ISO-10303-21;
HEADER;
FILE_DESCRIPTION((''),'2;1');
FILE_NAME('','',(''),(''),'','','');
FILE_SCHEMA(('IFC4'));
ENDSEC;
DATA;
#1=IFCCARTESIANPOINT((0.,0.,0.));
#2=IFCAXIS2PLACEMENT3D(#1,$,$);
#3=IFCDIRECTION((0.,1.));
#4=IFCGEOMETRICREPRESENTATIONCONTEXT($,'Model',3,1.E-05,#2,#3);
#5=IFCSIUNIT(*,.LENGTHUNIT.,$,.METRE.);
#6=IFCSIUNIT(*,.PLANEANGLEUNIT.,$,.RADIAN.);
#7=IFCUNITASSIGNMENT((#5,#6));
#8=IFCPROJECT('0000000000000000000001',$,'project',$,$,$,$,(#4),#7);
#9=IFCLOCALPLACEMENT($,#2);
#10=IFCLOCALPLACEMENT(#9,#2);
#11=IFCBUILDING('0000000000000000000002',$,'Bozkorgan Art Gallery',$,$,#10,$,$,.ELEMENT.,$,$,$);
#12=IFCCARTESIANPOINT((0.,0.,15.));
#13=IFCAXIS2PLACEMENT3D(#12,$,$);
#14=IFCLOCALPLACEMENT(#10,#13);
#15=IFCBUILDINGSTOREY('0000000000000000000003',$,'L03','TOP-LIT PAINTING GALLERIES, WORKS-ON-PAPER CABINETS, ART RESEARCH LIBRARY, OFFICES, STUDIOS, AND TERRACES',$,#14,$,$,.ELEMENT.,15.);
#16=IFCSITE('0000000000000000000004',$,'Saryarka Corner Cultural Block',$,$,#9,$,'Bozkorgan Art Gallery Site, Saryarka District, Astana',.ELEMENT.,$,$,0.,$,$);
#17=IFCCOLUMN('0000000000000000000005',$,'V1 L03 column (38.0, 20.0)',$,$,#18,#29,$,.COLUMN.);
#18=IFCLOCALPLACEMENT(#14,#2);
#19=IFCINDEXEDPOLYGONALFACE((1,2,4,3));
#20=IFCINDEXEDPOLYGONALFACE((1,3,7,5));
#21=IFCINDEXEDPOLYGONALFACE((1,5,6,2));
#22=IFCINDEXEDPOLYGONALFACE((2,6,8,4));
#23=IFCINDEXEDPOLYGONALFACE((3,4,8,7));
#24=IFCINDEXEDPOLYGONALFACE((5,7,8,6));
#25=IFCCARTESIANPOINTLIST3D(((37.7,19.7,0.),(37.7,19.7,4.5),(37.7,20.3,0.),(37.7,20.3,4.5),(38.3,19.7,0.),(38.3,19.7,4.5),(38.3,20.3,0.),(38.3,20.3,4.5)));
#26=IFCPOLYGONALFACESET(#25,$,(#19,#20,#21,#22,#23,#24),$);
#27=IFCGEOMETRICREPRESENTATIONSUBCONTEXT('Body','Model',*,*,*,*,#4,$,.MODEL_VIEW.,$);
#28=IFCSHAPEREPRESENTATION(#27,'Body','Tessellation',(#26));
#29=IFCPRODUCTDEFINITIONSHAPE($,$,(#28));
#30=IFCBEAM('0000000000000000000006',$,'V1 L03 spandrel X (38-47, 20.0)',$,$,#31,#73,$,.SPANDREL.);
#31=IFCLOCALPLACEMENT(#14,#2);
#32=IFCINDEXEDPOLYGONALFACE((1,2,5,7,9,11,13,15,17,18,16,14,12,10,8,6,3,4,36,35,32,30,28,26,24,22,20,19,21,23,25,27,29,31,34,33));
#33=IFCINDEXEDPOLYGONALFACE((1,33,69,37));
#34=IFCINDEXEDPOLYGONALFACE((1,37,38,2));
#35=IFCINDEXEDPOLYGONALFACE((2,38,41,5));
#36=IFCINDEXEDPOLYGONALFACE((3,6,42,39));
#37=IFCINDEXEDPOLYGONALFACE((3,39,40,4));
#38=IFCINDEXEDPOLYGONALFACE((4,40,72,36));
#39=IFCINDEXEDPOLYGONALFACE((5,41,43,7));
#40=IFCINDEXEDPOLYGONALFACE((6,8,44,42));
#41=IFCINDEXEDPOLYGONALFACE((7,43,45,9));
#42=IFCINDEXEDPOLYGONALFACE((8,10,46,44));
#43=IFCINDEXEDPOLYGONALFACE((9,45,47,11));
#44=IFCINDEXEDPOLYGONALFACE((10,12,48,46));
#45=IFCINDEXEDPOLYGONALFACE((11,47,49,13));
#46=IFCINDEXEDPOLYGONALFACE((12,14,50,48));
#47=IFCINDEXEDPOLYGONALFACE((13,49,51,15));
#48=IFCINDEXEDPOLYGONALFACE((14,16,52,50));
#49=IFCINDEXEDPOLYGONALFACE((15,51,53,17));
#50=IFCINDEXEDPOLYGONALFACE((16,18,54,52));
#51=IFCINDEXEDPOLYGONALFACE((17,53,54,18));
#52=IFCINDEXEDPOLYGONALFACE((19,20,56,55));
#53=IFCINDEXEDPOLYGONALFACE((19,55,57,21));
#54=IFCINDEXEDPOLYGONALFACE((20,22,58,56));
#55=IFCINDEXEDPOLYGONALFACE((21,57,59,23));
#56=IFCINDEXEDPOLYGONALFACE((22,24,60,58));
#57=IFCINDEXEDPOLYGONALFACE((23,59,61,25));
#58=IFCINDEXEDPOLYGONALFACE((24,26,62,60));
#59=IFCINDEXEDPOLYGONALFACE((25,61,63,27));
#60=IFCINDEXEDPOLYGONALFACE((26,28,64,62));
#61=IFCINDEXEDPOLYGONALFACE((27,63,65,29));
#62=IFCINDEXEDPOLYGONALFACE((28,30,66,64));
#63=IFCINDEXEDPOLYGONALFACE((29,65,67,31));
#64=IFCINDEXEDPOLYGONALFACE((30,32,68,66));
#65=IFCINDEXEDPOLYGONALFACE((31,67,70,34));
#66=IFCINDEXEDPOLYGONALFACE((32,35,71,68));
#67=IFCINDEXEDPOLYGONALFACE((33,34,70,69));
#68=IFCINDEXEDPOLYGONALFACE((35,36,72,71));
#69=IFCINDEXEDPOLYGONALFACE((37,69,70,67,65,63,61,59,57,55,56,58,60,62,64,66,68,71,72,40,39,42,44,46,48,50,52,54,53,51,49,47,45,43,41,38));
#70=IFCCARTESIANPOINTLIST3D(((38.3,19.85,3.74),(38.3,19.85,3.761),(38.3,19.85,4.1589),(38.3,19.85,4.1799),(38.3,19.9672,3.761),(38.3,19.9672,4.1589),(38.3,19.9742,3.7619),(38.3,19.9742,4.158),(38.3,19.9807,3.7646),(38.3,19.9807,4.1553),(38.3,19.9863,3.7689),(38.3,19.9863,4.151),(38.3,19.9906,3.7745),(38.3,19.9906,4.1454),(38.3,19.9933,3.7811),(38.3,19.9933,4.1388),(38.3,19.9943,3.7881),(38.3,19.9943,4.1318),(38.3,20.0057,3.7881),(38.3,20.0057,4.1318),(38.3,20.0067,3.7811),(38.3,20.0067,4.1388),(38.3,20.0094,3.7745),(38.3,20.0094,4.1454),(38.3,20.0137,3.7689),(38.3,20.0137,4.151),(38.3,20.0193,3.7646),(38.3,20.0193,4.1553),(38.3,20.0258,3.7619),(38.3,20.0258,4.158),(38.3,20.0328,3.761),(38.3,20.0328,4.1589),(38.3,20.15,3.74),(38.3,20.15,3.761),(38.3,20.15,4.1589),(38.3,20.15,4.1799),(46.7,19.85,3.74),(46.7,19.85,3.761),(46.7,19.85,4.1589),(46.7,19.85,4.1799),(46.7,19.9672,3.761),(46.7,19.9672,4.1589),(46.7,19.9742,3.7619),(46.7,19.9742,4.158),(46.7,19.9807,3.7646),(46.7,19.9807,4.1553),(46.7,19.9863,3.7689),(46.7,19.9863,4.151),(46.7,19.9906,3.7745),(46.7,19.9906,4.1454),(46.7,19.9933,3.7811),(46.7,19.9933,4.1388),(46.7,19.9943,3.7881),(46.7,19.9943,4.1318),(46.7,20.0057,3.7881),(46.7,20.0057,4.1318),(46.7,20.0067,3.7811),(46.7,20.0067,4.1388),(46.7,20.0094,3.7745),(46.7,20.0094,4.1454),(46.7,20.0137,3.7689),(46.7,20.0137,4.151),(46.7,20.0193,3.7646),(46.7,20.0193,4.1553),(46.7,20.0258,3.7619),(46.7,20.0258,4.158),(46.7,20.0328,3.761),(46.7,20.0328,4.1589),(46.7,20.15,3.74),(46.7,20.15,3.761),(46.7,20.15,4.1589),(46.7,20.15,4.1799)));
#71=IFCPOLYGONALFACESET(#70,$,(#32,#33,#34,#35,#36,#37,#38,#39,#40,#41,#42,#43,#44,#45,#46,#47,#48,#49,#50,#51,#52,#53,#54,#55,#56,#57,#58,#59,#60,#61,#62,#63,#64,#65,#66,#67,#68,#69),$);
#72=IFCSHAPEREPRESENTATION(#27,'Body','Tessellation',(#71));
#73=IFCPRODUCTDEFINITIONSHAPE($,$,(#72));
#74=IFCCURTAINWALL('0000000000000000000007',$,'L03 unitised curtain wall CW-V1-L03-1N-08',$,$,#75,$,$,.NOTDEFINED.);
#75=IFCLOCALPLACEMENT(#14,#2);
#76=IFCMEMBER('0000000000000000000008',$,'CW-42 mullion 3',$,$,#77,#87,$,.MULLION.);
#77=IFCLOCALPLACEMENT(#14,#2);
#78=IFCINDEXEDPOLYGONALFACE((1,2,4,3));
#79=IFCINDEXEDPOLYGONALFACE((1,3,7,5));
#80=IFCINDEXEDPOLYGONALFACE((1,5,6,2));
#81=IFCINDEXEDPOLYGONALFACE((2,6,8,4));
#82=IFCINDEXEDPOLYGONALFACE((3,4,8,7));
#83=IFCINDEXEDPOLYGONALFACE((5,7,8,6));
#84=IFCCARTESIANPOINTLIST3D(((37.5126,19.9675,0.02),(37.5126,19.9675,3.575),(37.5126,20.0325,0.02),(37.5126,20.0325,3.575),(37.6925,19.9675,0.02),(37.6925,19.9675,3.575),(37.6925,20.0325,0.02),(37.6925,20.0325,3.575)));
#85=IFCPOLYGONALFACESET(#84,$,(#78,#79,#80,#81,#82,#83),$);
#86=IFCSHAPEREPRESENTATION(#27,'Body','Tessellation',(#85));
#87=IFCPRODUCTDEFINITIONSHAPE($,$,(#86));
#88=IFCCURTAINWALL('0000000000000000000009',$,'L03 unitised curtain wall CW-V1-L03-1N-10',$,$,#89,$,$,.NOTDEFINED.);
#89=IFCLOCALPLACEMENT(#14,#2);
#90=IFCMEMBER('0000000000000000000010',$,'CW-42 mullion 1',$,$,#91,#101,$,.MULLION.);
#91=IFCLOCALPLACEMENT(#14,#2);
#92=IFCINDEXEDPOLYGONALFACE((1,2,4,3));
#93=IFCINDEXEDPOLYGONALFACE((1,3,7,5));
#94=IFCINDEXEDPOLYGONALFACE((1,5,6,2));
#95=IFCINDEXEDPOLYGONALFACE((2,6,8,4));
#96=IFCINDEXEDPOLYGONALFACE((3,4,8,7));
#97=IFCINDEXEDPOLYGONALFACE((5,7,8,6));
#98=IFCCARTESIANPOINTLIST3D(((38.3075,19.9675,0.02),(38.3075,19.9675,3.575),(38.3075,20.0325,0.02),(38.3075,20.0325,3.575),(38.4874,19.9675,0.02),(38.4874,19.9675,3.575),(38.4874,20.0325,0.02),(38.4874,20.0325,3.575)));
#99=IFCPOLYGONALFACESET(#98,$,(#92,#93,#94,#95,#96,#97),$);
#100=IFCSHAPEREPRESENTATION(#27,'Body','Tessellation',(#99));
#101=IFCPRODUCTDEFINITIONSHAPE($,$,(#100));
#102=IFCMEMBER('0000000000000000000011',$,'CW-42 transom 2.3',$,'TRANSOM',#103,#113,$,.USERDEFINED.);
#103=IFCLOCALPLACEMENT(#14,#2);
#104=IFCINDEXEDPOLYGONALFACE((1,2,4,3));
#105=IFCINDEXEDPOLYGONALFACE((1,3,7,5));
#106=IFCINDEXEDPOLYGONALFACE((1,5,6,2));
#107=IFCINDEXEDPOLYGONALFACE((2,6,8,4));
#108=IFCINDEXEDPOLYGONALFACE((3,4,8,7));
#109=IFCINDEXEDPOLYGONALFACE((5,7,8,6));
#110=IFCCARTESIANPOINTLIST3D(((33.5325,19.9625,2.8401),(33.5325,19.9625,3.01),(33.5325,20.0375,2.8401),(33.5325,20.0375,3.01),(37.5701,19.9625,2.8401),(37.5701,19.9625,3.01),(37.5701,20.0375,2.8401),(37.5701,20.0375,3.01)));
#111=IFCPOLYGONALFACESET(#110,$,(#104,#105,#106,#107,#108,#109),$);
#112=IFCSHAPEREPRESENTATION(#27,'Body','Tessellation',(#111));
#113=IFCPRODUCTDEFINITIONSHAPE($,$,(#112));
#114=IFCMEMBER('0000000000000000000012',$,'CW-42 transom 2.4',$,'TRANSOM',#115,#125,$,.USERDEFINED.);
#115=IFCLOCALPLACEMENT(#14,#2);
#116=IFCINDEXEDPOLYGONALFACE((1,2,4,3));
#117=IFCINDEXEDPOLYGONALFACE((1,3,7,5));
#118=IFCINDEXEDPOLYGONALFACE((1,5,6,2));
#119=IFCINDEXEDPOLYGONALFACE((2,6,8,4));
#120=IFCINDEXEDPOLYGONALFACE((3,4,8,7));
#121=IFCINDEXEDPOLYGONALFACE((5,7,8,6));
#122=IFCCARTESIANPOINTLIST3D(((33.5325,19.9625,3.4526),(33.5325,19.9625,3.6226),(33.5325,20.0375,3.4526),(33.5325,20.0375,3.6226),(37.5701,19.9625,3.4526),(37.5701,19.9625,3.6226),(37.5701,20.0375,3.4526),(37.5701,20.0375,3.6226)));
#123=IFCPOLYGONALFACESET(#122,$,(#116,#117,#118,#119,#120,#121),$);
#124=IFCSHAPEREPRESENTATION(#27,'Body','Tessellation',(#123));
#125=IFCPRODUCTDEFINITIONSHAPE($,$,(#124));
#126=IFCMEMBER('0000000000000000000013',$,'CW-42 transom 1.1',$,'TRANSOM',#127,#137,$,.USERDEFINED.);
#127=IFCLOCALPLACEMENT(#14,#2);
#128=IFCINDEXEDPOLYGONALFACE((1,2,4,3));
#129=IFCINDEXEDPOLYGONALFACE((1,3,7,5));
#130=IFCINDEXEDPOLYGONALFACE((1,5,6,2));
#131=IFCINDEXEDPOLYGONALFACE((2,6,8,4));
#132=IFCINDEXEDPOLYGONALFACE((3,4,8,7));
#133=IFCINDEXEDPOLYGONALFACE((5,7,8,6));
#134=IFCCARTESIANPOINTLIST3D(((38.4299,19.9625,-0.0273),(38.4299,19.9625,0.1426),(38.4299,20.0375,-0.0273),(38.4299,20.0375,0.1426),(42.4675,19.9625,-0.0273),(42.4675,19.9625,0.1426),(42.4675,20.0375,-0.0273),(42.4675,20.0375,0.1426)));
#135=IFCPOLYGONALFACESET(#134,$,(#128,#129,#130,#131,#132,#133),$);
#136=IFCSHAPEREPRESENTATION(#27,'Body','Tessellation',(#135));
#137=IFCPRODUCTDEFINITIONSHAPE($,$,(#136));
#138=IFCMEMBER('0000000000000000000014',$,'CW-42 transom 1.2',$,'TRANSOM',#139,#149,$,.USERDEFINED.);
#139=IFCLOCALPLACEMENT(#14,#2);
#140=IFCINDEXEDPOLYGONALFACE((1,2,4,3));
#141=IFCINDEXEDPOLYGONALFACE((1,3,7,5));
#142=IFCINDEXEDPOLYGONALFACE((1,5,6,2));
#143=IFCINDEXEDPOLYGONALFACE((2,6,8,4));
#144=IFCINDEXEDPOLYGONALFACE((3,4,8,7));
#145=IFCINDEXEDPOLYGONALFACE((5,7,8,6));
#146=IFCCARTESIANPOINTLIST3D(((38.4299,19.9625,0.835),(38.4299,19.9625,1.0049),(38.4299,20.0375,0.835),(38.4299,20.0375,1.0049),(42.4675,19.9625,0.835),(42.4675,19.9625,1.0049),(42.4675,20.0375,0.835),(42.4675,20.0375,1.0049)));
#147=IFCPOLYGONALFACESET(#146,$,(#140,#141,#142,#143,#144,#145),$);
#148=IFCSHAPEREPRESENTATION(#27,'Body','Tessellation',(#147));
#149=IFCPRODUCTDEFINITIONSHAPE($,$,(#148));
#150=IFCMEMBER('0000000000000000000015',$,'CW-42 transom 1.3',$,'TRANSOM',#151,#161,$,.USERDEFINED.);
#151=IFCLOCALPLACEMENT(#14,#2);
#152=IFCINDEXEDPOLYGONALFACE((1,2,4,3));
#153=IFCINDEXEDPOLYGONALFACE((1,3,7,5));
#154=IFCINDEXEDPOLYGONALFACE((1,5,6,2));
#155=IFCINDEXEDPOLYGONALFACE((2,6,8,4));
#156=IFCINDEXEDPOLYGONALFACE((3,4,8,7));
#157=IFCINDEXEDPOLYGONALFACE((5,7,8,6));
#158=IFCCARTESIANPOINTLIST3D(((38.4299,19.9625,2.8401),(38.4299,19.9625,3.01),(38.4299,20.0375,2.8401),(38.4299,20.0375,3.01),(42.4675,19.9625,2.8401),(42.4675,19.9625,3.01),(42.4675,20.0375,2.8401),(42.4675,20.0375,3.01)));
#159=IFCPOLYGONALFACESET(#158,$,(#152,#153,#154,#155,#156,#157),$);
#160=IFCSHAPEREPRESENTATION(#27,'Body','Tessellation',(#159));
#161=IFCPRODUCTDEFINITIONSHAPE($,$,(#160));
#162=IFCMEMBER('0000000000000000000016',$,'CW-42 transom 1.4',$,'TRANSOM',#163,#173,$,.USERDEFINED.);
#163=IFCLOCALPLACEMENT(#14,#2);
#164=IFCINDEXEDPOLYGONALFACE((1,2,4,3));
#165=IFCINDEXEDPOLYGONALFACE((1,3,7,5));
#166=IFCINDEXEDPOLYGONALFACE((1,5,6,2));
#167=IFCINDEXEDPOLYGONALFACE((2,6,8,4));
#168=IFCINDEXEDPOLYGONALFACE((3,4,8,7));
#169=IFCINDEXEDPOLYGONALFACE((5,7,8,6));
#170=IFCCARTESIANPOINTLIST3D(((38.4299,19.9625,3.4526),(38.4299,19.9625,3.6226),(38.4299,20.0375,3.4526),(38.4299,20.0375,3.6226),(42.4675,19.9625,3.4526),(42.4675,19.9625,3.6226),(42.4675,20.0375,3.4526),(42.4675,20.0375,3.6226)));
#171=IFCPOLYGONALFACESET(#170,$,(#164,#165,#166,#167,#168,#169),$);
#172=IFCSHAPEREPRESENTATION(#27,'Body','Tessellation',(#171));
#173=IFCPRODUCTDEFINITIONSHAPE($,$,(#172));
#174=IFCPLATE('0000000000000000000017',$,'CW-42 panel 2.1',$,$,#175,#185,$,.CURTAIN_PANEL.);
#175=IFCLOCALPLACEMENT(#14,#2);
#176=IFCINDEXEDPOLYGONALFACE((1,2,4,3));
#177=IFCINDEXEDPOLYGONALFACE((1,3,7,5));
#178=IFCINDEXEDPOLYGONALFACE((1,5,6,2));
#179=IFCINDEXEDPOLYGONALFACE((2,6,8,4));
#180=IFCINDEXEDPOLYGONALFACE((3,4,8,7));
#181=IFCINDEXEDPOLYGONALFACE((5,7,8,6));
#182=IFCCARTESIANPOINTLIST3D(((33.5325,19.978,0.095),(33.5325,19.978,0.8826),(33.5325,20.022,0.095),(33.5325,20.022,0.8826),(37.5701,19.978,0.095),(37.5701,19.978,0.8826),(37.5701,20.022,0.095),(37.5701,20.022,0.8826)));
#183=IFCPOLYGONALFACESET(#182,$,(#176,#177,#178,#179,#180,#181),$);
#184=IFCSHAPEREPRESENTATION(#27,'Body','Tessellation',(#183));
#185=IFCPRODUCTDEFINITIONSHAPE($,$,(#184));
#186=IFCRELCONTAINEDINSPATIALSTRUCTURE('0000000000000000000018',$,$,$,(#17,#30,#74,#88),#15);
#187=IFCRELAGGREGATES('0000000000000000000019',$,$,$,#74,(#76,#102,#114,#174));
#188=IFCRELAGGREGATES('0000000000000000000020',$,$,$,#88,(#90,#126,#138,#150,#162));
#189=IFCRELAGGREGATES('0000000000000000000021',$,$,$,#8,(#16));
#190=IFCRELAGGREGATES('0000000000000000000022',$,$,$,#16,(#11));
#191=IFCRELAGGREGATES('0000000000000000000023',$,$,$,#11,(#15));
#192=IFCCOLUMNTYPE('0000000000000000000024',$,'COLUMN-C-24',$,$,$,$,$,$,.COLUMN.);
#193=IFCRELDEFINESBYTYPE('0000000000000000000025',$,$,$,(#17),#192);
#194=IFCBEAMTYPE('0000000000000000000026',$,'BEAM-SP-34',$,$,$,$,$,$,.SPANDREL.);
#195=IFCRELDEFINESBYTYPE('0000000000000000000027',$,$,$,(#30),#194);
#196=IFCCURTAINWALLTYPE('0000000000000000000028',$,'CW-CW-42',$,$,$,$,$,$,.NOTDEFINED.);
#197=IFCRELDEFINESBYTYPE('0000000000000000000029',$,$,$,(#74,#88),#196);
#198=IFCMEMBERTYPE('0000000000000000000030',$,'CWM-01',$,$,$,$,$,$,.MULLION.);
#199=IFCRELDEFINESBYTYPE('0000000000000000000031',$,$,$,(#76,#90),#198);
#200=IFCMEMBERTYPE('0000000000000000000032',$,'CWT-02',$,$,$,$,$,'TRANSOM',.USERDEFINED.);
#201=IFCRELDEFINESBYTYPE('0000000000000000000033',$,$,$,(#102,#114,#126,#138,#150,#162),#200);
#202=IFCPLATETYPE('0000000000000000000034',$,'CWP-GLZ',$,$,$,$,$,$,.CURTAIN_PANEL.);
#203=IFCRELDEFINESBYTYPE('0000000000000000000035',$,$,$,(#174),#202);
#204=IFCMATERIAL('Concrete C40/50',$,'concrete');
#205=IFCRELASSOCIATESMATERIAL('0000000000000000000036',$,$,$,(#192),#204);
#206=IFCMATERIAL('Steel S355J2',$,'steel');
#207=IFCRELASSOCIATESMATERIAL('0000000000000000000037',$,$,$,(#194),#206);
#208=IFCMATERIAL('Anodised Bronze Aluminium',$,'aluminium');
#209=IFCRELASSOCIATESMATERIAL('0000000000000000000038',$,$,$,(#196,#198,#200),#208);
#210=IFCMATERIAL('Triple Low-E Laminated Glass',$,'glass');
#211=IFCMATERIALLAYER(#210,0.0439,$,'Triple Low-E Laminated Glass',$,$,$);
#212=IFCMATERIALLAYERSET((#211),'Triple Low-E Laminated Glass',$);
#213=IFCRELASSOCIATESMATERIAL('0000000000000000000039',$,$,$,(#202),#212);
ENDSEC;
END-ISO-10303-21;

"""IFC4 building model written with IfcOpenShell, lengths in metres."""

from ifc_helpers import new_model, si_unit, direction, frame, origin, origin_2d, place, context, subcontext, project, spatial, rectangle, i_section, extrude, material, layer, layer_set, material_profile, profile_set, type_object, element, aggregate, save


model = new_model("IFC4")

# Units and contexts
model_context = context("Model", 3, precision=1e-05, world=origin(), true_north=direction((0.0, 1.0)))
body_context = subcontext(model_context, "Body", "Model", "MODEL_VIEW")
ifc_project = project(units=[si_unit("LENGTHUNIT", "METRE"), si_unit("PLANEANGLEUNIT", "RADIAN")], contexts=[model_context])

# Site, building, storey
site_placement = place(None, origin())
site = spatial("IfcSite", under=ifc_project, at=site_placement, Name="Saryarka Corner Cultural Block", LongName="Bozkorgan Art Gallery Site, Saryarka District, Astana", CompositionType="ELEMENT", RefElevation=0.0)
building_placement = place(site_placement, origin())
building = spatial("IfcBuilding", under=site, at=building_placement, Name="Bozkorgan Art Gallery", CompositionType="ELEMENT")
storey_placement = place(building_placement, frame((0.0, 0.0, 15.0)))
storey = spatial("IfcBuildingStorey", under=building, at=storey_placement, Name="L03", Description="TOP-LIT PAINTING GALLERIES, WORKS-ON-PAPER CABINETS, ART RESEARCH LIBRARY, OFFICES, STUDIOS, AND TERRACES", CompositionType="ELEMENT", Elevation=15.0)

# Column
ifc_material_1 = material(Name="Concrete C40/50", Category="concrete")
ifc_material_profile_1 = material_profile(ifc_material_1, rectangle(XDim=0.6001, YDim=0.6001, at=origin_2d()), Name="RC 600x600")
ifc_profile_set_1 = profile_set([ifc_material_profile_1], Name="Concrete C40/50")
column_type = type_object("IfcColumnType", Name="COLUMN-C-24", PredefinedType="COLUMN", material=ifc_profile_set_1)
column_placement = place(storey_placement, frame((38.0, 20.0, 0.0), z_axis=(0.0, 0.0, 1.0), x_axis=(1.0, 0.0, 0.0)))
element("IfcColumn", 1, at=column_placement, inside=storey, type_object=column_type, Name="V1 L03 column (38.0, 20.0)", PredefinedType="COLUMN", context=body_context, shape_type="SweptSolid", body=[
    extrude(rectangle(XDim=0.6001, YDim=0.6001, at=origin_2d()), origin(), (0.0, 0.0, 1.0), 4.5),
])

# Beam
ifc_material_2 = material(Name="Steel S355J2", Category="steel")
ifc_material_profile_2 = material_profile(ifc_material_2, i_section(OverallWidth=0.3, OverallDepth=0.4399, WebThickness=0.0115, FlangeThickness=0.021, FilletRadius=0.0271, at=origin_2d()), Name="HEA 450")
ifc_profile_set_2 = profile_set([ifc_material_profile_2], Name="Steel S355J2")
beam_type = type_object("IfcBeamType", Name="BEAM-SP-34", PredefinedType="SPANDREL", material=ifc_profile_set_2)
beam_placement = place(storey_placement, frame((38.3, 20.0, 3.96), z_axis=(1.0, 0.0, 0.0), x_axis=(0.0, 1.0, 0.0)))
element("IfcBeam", 2, at=beam_placement, inside=storey, type_object=beam_type, Name="V1 L03 spandrel X (38-47, 20.0)", PredefinedType="SPANDREL", context=body_context, shape_type="SweptSolid", body=[
    extrude(i_section(OverallWidth=0.3, OverallDepth=0.4399, WebThickness=0.0115, FlangeThickness=0.021, FilletRadius=0.0271, at=origin_2d()), origin(), (0.0, 0.0, 1.0), 8.3999),
])

# Curtain walls, members
ifc_material_3 = material(Name="Anodised Bronze Aluminium", Category="aluminium")
curtain_wall_type = type_object("IfcCurtainWallType", Name="CW-CW-42", PredefinedType="NOTDEFINED", material=ifc_material_3)
curtain_wall_1_placement = place(storey_placement, origin())
curtain_wall_1 = element("IfcCurtainWall", 3, at=curtain_wall_1_placement, inside=storey, type_object=curtain_wall_type, Name="L03 unitised curtain wall CW-V1-L03-1N-08", PredefinedType="NOTDEFINED")
ifc_material_profile_3 = material_profile(ifc_material_3, rectangle(XDim=0.0649, YDim=0.1799, at=origin_2d()), Name="ALU MULLION 65x180")
ifc_profile_set_3 = profile_set([ifc_material_profile_3], Name="Anodised Bronze Aluminium")
member_type_1 = type_object("IfcMemberType", Name="CWM-01", PredefinedType="MULLION", material=ifc_profile_set_3)
member_1_placement = place(storey_placement, frame((37.6025, 20.0, 0.02), z_axis=(0.0, 0.0, 1.0), x_axis=(0.0, 1.0, 0.0)))
member_1 = element("IfcMember", 4, at=member_1_placement, type_object=member_type_1, Name="CW-42 mullion 3", PredefinedType="MULLION", context=body_context, shape_type="SweptSolid", body=[
    extrude(rectangle(XDim=0.0649, YDim=0.1799, at=origin_2d()), origin(), (0.0, 0.0, 1.0), 3.5549),
])
curtain_wall_2_placement = place(storey_placement, origin())
curtain_wall_2 = element("IfcCurtainWall", 5, at=curtain_wall_2_placement, inside=storey, type_object=curtain_wall_type, Name="L03 unitised curtain wall CW-V1-L03-1N-10", PredefinedType="NOTDEFINED")
member_2_placement = place(storey_placement, frame((38.3975, 20.0, 0.02), z_axis=(0.0, 0.0, 1.0), x_axis=(0.0, 1.0, 0.0)))
member_2 = element("IfcMember", 6, at=member_2_placement, type_object=member_type_1, Name="CW-42 mullion 1", PredefinedType="MULLION", context=body_context, shape_type="SweptSolid", body=[
    extrude(rectangle(XDim=0.0649, YDim=0.1799, at=origin_2d()), origin(), (0.0, 0.0, 1.0), 3.5549),
])

# Members
ifc_material_profile_4 = material_profile(ifc_material_3, rectangle(XDim=0.075, YDim=0.1699, at=origin_2d()), Name="ALU TRANSOM 75x170")
ifc_profile_set_4 = profile_set([ifc_material_profile_4], Name="Anodised Bronze Aluminium")
member_type_2 = type_object("IfcMemberType", Name="CWT-02", ElementType="TRANSOM", PredefinedType="USERDEFINED", material=ifc_profile_set_4)
member_3_placement = place(storey_placement, frame((33.5325, 20.0, 2.925), z_axis=(1.0, 0.0, 0.0), x_axis=(0.0, 1.0, 0.0)))
member_3 = element("IfcMember", 7, at=member_3_placement, type_object=member_type_2, Name="CW-42 transom 2.3", ObjectType="TRANSOM", PredefinedType="USERDEFINED", context=body_context, shape_type="SweptSolid", body=[
    extrude(rectangle(XDim=0.075, YDim=0.1699, at=origin_2d()), origin(), (0.0, 0.0, 1.0), 4.0376),
])
member_4_placement = place(storey_placement, frame((33.5325, 20.0, 3.5376), z_axis=(1.0, 0.0, 0.0), x_axis=(0.0, 1.0, 0.0)))
member_4 = element("IfcMember", 8, at=member_4_placement, type_object=member_type_2, Name="CW-42 transom 2.4", ObjectType="TRANSOM", PredefinedType="USERDEFINED", context=body_context, shape_type="SweptSolid", body=[
    extrude(rectangle(XDim=0.075, YDim=0.1699, at=origin_2d()), origin(), (0.0, 0.0, 1.0), 4.0376),
])
member_5_placement = place(storey_placement, frame((38.4299, 20.0, 0.0576), z_axis=(1.0, 0.0, 0.0), x_axis=(0.0, 1.0, 0.0)))
member_5 = element("IfcMember", 9, at=member_5_placement, type_object=member_type_2, Name="CW-42 transom 1.1", ObjectType="TRANSOM", PredefinedType="USERDEFINED", context=body_context, shape_type="SweptSolid", body=[
    extrude(rectangle(XDim=0.075, YDim=0.1699, at=origin_2d()), origin(), (0.0, 0.0, 1.0), 4.0376),
])
member_6_placement = place(storey_placement, frame((38.4299, 20.0, 0.9199), z_axis=(1.0, 0.0, 0.0), x_axis=(0.0, 1.0, 0.0)))
member_6 = element("IfcMember", 10, at=member_6_placement, type_object=member_type_2, Name="CW-42 transom 1.2", ObjectType="TRANSOM", PredefinedType="USERDEFINED", context=body_context, shape_type="SweptSolid", body=[
    extrude(rectangle(XDim=0.075, YDim=0.1699, at=origin_2d()), origin(), (0.0, 0.0, 1.0), 4.0376),
])
member_7_placement = place(storey_placement, frame((38.4299, 20.0, 2.925), z_axis=(1.0, 0.0, 0.0), x_axis=(0.0, 1.0, 0.0)))
member_7 = element("IfcMember", 11, at=member_7_placement, type_object=member_type_2, Name="CW-42 transom 1.3", ObjectType="TRANSOM", PredefinedType="USERDEFINED", context=body_context, shape_type="SweptSolid", body=[
    extrude(rectangle(XDim=0.075, YDim=0.1699, at=origin_2d()), origin(), (0.0, 0.0, 1.0), 4.0376),
])
member_8_placement = place(storey_placement, frame((38.4299, 20.0, 3.5376), z_axis=(1.0, 0.0, 0.0), x_axis=(0.0, 1.0, 0.0)))
member_8 = element("IfcMember", 12, at=member_8_placement, type_object=member_type_2, Name="CW-42 transom 1.4", ObjectType="TRANSOM", PredefinedType="USERDEFINED", context=body_context, shape_type="SweptSolid", body=[
    extrude(rectangle(XDim=0.075, YDim=0.1699, at=origin_2d()), origin(), (0.0, 0.0, 1.0), 4.0376),
])

# Plate
ifc_material_4 = material(Name="Triple Low-E Laminated Glass", Category="glass")
ifc_layer = layer(ifc_material_4, 0.0439, Name="Triple Low-E Laminated Glass")
ifc_layer_set = layer_set([ifc_layer], Name="Triple Low-E Laminated Glass")
plate_type = type_object("IfcPlateType", Name="CWP-GLZ", PredefinedType="CURTAIN_PANEL", material=ifc_layer_set)
plate_1_placement = place(storey_placement, frame((35.5513, 20.0, 0.095), z_axis=(0.0, 0.0, 1.0), x_axis=(1.0, 0.0, 0.0)))
plate_1 = element("IfcPlate", 13, at=plate_1_placement, type_object=plate_type, Name="CW-42 panel 2.1", PredefinedType="CURTAIN_PANEL", context=body_context, shape_type="SweptSolid", body=[
    extrude(rectangle(XDim=4.0376, YDim=0.0439, at=origin_2d()), origin(), (0.0, 0.0, 1.0), 0.7876),
])
aggregate(curtain_wall_1, [member_1, member_3, member_4, plate_1])
aggregate(curtain_wall_2, [member_2, member_5, member_6, member_7, member_8])

save(model, "model.ifc")
